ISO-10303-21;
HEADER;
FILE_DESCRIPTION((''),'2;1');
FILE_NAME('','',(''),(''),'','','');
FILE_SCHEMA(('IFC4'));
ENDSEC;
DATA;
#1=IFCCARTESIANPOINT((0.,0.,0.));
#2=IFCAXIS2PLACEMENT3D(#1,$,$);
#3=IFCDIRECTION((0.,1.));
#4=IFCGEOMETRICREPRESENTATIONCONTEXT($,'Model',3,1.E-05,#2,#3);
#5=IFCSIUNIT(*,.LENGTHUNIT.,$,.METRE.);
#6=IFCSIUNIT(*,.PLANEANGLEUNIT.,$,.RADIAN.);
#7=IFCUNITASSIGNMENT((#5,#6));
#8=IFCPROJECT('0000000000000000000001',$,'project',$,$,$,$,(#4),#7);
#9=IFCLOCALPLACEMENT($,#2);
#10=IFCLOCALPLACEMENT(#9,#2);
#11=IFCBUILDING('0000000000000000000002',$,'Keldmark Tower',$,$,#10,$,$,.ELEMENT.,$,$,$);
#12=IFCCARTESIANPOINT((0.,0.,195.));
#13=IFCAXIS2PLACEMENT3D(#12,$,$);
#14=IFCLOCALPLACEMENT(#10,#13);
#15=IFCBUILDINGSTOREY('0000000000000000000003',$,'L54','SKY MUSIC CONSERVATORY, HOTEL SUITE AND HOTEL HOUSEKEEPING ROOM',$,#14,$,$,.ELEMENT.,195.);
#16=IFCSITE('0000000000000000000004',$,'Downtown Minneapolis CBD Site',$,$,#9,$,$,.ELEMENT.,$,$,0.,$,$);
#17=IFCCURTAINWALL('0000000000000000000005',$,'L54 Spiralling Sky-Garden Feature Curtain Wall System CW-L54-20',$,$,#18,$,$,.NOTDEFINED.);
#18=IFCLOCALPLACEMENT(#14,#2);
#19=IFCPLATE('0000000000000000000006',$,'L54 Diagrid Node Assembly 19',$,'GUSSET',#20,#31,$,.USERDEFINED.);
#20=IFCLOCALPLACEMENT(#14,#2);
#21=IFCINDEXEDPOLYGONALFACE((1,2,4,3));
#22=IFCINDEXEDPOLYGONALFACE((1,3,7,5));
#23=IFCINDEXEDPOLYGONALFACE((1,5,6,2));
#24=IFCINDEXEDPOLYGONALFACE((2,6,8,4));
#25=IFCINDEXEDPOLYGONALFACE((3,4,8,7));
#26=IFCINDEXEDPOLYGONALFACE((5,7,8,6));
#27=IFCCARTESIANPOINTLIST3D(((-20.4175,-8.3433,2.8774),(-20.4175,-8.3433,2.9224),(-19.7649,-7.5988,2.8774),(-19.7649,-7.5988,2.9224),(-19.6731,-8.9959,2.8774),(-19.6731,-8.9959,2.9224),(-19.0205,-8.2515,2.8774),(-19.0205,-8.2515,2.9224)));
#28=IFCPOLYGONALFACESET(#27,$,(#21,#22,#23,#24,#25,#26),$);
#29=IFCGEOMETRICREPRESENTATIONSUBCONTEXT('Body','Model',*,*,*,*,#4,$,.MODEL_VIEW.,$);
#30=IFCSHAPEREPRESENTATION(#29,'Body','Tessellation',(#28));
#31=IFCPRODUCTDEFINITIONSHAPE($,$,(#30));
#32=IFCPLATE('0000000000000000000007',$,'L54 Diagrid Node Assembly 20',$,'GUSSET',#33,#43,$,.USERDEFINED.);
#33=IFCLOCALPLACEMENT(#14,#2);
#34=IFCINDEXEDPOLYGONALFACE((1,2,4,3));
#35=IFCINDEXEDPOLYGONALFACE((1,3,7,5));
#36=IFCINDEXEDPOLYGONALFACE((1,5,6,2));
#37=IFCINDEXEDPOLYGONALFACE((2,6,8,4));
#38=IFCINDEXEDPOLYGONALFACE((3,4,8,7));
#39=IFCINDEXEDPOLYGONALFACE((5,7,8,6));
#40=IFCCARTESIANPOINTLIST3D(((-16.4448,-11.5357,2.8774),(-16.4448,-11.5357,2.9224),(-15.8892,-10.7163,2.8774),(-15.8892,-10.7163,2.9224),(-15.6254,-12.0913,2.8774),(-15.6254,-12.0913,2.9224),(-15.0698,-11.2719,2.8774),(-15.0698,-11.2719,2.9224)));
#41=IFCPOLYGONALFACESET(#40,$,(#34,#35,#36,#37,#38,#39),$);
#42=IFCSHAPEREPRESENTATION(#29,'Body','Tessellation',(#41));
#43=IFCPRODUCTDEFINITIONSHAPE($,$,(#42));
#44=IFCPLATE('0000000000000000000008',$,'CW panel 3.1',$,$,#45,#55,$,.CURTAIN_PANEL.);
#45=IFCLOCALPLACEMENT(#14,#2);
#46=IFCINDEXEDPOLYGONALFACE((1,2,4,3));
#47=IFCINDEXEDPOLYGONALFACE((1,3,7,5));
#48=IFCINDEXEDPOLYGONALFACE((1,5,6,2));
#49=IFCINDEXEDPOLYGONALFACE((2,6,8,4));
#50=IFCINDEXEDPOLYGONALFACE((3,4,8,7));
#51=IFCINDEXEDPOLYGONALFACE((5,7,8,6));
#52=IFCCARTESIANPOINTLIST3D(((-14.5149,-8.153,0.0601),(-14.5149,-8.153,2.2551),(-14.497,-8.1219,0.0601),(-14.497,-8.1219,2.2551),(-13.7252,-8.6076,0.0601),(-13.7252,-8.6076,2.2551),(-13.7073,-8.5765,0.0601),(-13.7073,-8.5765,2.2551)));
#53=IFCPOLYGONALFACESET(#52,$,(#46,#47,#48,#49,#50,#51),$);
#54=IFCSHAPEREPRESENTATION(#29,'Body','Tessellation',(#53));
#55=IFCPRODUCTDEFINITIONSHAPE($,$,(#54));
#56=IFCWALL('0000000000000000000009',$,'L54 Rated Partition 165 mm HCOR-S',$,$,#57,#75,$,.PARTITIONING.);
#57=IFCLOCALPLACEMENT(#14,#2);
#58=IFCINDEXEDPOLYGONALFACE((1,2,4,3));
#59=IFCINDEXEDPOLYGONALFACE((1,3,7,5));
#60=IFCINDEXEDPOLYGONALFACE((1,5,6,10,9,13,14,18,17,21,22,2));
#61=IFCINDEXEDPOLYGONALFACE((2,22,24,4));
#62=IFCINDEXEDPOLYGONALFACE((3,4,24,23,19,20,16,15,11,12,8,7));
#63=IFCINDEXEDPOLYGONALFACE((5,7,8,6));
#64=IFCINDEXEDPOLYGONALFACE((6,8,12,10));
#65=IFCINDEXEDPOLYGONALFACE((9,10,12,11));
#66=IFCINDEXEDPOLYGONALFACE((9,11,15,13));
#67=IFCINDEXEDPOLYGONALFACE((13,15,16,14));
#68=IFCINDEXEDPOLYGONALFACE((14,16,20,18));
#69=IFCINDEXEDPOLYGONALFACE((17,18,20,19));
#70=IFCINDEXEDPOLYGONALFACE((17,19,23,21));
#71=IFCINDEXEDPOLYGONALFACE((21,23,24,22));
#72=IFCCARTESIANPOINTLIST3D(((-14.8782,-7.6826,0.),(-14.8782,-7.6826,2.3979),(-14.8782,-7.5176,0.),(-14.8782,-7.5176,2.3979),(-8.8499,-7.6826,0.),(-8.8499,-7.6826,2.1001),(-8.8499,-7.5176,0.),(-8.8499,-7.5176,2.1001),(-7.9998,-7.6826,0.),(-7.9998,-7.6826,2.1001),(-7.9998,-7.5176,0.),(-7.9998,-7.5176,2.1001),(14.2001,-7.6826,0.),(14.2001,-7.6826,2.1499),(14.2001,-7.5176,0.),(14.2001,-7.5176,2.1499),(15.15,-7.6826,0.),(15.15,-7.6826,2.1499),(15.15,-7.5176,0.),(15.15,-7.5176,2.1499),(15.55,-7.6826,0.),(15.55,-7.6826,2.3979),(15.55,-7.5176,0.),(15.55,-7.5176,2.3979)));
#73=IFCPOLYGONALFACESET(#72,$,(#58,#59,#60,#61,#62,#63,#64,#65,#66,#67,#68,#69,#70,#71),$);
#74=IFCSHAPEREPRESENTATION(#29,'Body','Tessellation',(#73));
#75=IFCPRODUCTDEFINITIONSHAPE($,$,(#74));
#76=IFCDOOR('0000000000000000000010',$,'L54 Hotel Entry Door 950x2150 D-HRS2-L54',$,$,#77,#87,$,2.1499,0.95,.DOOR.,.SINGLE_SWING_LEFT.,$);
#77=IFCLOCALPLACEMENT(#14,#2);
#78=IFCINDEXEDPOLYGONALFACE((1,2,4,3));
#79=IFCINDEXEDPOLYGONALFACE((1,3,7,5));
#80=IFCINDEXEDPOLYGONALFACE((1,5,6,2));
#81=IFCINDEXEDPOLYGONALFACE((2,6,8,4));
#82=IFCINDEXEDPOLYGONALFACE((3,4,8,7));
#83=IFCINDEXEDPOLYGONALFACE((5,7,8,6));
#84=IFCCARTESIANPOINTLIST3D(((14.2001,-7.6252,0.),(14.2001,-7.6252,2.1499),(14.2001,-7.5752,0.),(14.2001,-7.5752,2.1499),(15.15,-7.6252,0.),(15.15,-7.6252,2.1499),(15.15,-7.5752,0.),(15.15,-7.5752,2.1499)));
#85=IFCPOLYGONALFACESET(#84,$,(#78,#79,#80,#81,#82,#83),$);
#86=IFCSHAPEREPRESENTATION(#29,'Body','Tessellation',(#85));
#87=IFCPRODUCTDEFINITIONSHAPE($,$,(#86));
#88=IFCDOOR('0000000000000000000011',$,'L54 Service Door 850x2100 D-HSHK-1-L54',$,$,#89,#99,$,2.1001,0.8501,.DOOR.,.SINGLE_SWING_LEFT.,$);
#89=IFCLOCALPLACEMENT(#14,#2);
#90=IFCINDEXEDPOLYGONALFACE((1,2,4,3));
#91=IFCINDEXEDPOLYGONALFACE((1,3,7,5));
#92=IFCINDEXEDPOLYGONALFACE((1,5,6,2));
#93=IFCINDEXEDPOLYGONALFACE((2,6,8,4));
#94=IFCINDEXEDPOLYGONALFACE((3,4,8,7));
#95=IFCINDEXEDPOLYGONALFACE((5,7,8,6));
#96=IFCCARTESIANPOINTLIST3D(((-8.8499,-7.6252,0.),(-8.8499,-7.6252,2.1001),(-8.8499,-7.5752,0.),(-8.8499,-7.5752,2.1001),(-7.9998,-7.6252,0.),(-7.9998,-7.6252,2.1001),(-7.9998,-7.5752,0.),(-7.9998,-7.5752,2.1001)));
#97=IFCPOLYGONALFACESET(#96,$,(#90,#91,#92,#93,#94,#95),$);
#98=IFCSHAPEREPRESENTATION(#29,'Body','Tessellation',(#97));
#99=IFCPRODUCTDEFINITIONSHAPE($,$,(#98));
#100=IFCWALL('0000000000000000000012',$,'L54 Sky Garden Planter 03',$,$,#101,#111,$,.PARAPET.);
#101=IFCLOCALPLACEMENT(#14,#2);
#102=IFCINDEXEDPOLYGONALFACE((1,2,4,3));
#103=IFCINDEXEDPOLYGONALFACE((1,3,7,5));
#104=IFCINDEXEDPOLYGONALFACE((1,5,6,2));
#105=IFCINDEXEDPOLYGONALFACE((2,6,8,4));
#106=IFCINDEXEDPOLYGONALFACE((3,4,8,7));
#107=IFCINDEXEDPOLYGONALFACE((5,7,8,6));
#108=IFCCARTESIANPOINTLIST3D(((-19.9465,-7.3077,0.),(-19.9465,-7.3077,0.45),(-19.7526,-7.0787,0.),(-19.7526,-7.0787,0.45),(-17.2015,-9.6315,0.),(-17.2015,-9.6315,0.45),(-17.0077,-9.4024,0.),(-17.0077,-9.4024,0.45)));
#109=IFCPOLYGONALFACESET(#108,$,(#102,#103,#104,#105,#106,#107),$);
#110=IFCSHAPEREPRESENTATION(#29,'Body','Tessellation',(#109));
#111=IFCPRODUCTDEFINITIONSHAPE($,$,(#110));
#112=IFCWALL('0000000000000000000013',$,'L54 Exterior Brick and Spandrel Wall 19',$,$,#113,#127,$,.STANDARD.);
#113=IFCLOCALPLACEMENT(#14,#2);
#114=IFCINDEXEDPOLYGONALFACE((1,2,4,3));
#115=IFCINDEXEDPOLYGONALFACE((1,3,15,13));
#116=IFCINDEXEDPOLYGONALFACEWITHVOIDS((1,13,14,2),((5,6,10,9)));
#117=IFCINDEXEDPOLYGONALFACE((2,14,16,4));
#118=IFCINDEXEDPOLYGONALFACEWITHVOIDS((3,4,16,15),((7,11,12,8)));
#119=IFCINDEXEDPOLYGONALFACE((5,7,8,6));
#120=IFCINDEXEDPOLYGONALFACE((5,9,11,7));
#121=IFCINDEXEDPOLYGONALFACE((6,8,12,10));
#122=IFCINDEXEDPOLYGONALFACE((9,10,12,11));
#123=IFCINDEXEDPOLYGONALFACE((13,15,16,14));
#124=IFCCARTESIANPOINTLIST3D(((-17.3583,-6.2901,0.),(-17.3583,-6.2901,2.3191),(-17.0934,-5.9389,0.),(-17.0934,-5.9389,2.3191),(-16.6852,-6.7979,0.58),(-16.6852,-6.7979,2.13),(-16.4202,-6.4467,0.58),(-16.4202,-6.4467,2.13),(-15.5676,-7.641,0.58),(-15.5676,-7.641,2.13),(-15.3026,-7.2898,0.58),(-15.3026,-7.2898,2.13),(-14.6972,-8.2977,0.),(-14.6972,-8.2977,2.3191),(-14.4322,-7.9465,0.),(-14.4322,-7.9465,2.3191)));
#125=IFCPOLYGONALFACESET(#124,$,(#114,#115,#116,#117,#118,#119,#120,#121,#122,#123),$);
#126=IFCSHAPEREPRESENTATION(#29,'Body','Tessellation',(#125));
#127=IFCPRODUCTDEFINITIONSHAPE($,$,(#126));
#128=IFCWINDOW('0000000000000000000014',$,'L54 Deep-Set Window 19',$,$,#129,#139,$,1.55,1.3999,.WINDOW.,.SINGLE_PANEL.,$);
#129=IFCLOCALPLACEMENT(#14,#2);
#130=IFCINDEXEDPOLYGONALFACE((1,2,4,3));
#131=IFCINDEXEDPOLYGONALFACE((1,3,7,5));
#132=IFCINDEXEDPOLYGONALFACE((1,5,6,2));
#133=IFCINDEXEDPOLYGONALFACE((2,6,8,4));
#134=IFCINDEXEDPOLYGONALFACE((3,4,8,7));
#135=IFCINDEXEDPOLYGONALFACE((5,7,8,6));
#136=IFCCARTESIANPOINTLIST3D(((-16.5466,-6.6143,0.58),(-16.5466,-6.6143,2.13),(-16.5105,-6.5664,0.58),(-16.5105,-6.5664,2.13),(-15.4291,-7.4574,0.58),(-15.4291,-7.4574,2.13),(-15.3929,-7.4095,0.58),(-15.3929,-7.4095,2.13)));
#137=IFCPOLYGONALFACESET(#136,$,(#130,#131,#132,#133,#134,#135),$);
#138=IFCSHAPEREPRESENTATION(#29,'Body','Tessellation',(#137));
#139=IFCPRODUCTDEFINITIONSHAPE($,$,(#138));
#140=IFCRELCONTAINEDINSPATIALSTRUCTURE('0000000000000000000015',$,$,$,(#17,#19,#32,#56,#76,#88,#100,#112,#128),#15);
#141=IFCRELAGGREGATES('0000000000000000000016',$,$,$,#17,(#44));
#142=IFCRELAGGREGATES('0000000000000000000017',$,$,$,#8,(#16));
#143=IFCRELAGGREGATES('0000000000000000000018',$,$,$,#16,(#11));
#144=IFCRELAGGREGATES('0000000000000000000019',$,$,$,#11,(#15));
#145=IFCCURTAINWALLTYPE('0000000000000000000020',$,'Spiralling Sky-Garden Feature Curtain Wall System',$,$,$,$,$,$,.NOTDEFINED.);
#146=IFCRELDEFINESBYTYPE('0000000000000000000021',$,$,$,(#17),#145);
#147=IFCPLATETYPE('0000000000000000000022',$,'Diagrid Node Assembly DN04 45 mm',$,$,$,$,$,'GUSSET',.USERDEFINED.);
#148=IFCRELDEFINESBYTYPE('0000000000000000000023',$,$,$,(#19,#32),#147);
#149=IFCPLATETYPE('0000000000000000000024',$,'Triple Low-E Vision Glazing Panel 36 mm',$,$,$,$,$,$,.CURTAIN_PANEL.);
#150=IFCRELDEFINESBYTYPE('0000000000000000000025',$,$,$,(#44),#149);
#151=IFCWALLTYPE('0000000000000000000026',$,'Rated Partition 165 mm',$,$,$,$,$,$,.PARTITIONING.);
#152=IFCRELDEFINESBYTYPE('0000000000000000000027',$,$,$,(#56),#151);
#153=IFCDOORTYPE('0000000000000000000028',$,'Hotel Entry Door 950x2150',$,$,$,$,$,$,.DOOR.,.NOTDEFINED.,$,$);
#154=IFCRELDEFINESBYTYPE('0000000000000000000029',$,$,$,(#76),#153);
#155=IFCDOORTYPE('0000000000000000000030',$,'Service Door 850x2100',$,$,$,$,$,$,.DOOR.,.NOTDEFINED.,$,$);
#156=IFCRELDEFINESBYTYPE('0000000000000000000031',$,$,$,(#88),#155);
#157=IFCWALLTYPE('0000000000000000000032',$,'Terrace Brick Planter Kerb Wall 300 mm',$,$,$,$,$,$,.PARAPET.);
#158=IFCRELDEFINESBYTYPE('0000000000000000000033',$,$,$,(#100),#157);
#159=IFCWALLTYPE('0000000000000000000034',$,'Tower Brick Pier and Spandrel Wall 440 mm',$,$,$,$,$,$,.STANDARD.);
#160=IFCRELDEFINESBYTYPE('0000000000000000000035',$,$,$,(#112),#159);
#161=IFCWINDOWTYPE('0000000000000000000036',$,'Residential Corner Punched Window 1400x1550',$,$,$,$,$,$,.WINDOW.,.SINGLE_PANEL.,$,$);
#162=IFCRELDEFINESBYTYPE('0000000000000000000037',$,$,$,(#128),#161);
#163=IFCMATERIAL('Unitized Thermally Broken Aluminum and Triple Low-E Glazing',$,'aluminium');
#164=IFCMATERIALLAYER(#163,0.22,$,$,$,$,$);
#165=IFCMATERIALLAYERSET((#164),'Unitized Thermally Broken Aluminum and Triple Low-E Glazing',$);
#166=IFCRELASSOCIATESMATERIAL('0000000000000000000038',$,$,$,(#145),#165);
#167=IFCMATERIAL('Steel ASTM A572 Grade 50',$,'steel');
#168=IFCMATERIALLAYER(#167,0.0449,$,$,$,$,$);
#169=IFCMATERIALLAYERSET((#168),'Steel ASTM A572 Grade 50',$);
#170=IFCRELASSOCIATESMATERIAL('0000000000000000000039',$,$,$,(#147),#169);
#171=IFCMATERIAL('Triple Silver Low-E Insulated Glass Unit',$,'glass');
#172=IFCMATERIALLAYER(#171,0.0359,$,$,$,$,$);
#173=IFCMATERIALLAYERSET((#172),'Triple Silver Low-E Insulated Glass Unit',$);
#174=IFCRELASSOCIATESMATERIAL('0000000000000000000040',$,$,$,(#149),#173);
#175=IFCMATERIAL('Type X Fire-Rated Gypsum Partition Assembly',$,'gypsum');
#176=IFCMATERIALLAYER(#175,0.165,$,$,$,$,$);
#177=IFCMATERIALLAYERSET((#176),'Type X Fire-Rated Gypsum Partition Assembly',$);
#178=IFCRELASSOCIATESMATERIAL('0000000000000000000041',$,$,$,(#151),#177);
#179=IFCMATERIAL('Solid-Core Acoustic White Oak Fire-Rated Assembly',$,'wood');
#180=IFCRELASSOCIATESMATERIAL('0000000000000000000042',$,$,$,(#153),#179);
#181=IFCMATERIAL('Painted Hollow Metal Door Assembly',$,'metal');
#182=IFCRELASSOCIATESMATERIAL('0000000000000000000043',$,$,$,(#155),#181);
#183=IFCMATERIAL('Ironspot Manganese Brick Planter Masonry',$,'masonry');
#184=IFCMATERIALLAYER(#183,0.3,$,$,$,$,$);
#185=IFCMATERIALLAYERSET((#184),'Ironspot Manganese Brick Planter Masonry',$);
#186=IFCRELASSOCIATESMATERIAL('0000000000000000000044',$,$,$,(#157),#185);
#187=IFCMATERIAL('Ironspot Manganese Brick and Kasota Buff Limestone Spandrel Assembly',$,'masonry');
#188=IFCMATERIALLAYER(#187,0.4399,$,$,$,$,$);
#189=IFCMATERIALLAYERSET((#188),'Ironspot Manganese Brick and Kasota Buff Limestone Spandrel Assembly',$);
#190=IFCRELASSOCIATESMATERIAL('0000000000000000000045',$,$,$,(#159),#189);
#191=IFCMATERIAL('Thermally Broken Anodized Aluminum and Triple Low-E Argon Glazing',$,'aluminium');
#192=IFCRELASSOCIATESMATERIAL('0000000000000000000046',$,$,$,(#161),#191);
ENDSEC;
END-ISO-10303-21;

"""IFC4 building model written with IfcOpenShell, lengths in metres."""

from ifc_helpers import new_model, si_unit, direction, frame, frame_2d, origin, origin_2d, place, context, subcontext, project, spatial, rectangle, extrude, material, layer, layer_set, type_object, element, fill, aggregate, save


model = new_model("IFC4")

# Units and contexts
model_context = context("Model", 3, precision=1e-05, world=origin(), true_north=direction((0.0, 1.0)))
body_context = subcontext(model_context, "Body", "Model", "MODEL_VIEW")
ifc_project = project(units=[si_unit("LENGTHUNIT", "METRE"), si_unit("PLANEANGLEUNIT", "RADIAN")], contexts=[model_context])

# Site, building, storey
site_placement = place(None, origin())
site = spatial("IfcSite", under=ifc_project, at=site_placement, Name="Downtown Minneapolis CBD Site", CompositionType="ELEMENT", RefElevation=0.0)
building_placement = place(site_placement, origin())
building = spatial("IfcBuilding", under=site, at=building_placement, Name="Keldmark Tower", CompositionType="ELEMENT")
storey_placement = place(building_placement, frame((0.0, 0.0, 195.0)))
storey = spatial("IfcBuildingStorey", under=building, at=storey_placement, Name="L54", Description="SKY MUSIC CONSERVATORY, HOTEL SUITE AND HOTEL HOUSEKEEPING ROOM", CompositionType="ELEMENT", Elevation=195.0)

# Curtain wall
ifc_material_1 = material(Name="Unitized Thermally Broken Aluminum and Triple Low-E Glazing", Category="aluminium")
ifc_layer_1 = layer(ifc_material_1, 0.22)
ifc_layer_set_1 = layer_set([ifc_layer_1], Name="Unitized Thermally Broken Aluminum and Triple Low-E Glazing")
curtain_wall_type = type_object("IfcCurtainWallType", Name="Spiralling Sky-Garden Feature Curtain Wall System", PredefinedType="NOTDEFINED", material=ifc_layer_set_1)
curtain_wall_placement = place(storey_placement, origin())
curtain_wall = element("IfcCurtainWall", 1, at=curtain_wall_placement, inside=storey, type_object=curtain_wall_type, Name="L54 Spiralling Sky-Garden Feature Curtain Wall System CW-L54-20", PredefinedType="NOTDEFINED")

# Plates
ifc_material_2 = material(Name="Steel ASTM A572 Grade 50", Category="steel")
ifc_layer_2 = layer(ifc_material_2, 0.0449)
ifc_layer_set_2 = layer_set([ifc_layer_2], Name="Steel ASTM A572 Grade 50")
plate_type_1 = type_object("IfcPlateType", Name="Diagrid Node Assembly DN04 45 mm", ElementType="GUSSET", PredefinedType="USERDEFINED", material=ifc_layer_set_2)
for number, where, z_axis, x_axis, name in (
    (2, (-19.719, -8.2974, 2.8774), (0.0, 0.0, 1.0), (0.751955, -0.659215, 0.0), "L54 Diagrid Node Assembly 19"),
    (3, (-15.7573, -11.4038, 2.8774), (0.0, 0.0, 1.0), (0.827669, -0.561217, 0.0), "L54 Diagrid Node Assembly 20"),
):
    element("IfcPlate", number, at=place(storey_placement, frame(where, z_axis=z_axis, x_axis=x_axis)), inside=storey, type_object=plate_type_1, Name=name, ObjectType="GUSSET", PredefinedType="USERDEFINED", context=body_context, shape_type="SweptSolid", body=[
        extrude(rectangle(XDim=0.99, YDim=0.99, at=origin_2d()), origin(), (0.0, 0.0, 1.0), 0.0449),
    ])

# Plate
ifc_material_3 = material(Name="Triple Silver Low-E Insulated Glass Unit", Category="glass")
ifc_layer_3 = layer(ifc_material_3, 0.0359)
ifc_layer_set_3 = layer_set([ifc_layer_3], Name="Triple Silver Low-E Insulated Glass Unit")
plate_type_2 = type_object("IfcPlateType", Name="Triple Low-E Vision Glazing Panel 36 mm", PredefinedType="CURTAIN_PANEL", material=ifc_layer_set_3)
plate_placement = place(storey_placement, frame((-14.1111, -8.3647, 0.0601), z_axis=(0.0, 0.0, 1.0), x_axis=(-0.866688, 0.498851, 0.0)))
plate = element("IfcPlate", 4, at=plate_placement, type_object=plate_type_2, Name="CW panel 3.1", PredefinedType="CURTAIN_PANEL", context=body_context, shape_type="SweptSolid", body=[
    extrude(rectangle(XDim=0.9111, YDim=0.0359, at=origin_2d()), origin(), (0.0, 0.0, 1.0), 2.1951),
])
aggregate(curtain_wall, [plate])

# Wall, openings, doors
ifc_material_4 = material(Name="Type X Fire-Rated Gypsum Partition Assembly", Category="gypsum")
ifc_layer_4 = layer(ifc_material_4, 0.165)
ifc_layer_set_4 = layer_set([ifc_layer_4], Name="Type X Fire-Rated Gypsum Partition Assembly")
wall_type_1 = type_object("IfcWallType", Name="Rated Partition 165 mm", PredefinedType="PARTITIONING", material=ifc_layer_set_4)
wall_1_placement = place(storey_placement, frame((-14.8782, -7.6001, 0.0), z_axis=(0.0, 0.0, 1.0), x_axis=(1.0, 0.0, 0.0)))
wall_1 = element("IfcWall", 5, at=wall_1_placement, inside=storey, type_object=wall_type_1, Name="L54 Rated Partition 165 mm HCOR-S", PredefinedType="PARTITIONING", context=body_context, shape_type="SweptSolid", body=[
    extrude(rectangle(XDim=30.4282, YDim=0.165, at=frame_2d((15.2141, 0.0))), origin(), (0.0, 0.0, 1.0), 2.3979),
])
opening_1_placement = place(wall_1_placement, frame((6.0283, 0.0, 0.0)))
opening_1 = element("IfcOpeningElement", 6, at=opening_1_placement, cuts=wall_1, PredefinedType="OPENING", context=body_context, shape_type="SweptSolid", body=[
    extrude(rectangle(XDim=0.8501, YDim=2.1001, at=frame_2d((0.425, 1.05))), frame((0.0, 0.0925, 0.0), z_axis=(0.0, -1.0, 0.0), x_axis=(1.0, 0.0, 0.0)), (0.0, 0.0, 1.0), 0.1851),
])
opening_2_placement = place(wall_1_placement, frame((29.0781, 0.0, 0.0)))
opening_2 = element("IfcOpeningElement", 7, at=opening_2_placement, cuts=wall_1, PredefinedType="OPENING", context=body_context, shape_type="SweptSolid", body=[
    extrude(rectangle(XDim=0.95, YDim=2.1499, at=frame_2d((0.4751, 1.075))), frame((0.0, 0.0925, 0.0), z_axis=(0.0, -1.0, 0.0), x_axis=(1.0, 0.0, 0.0)), (0.0, 0.0, 1.0), 0.1851),
])
ifc_material_5 = material(Name="Solid-Core Acoustic White Oak Fire-Rated Assembly", Category="wood")
door_type_1 = type_object("IfcDoorType", Name="Hotel Entry Door 950x2150", OperationType="NOTDEFINED", PredefinedType="DOOR", material=ifc_material_5)
door_1_placement = place(opening_2_placement, origin())
door_1 = element("IfcDoor", 8, at=door_1_placement, inside=storey, type_object=door_type_1, Name="L54 Hotel Entry Door 950x2150 D-HRS2-L54", OperationType="SINGLE_SWING_LEFT", OverallHeight=2.1499, OverallWidth=0.95, PredefinedType="DOOR", context=body_context, shape_type="SweptSolid", body=[
    extrude(rectangle(XDim=0.95, YDim=2.1499, at=frame_2d((0.4751, 1.075))), frame((0.0, 0.0249, 0.0), z_axis=(0.0, -1.0, 0.0), x_axis=(1.0, 0.0, 0.0)), (0.0, 0.0, 1.0), 0.05),
])
fill(opening_2, door_1)
ifc_material_6 = material(Name="Painted Hollow Metal Door Assembly", Category="metal")
door_type_2 = type_object("IfcDoorType", Name="Service Door 850x2100", OperationType="NOTDEFINED", PredefinedType="DOOR", material=ifc_material_6)
door_2_placement = place(opening_1_placement, origin())
door_2 = element("IfcDoor", 9, at=door_2_placement, inside=storey, type_object=door_type_2, Name="L54 Service Door 850x2100 D-HSHK-1-L54", OperationType="SINGLE_SWING_LEFT", OverallHeight=2.1001, OverallWidth=0.8501, PredefinedType="DOOR", context=body_context, shape_type="SweptSolid", body=[
    extrude(rectangle(XDim=0.8501, YDim=2.1001, at=frame_2d((0.425, 1.05))), frame((0.0, 0.0249, 0.0), z_axis=(0.0, -1.0, 0.0), x_axis=(1.0, 0.0, 0.0)), (0.0, 0.0, 1.0), 0.05),
])
fill(opening_1, door_2)

# Wall
ifc_material_7 = material(Name="Ironspot Manganese Brick Planter Masonry", Category="masonry")
ifc_layer_5 = layer(ifc_material_7, 0.3)
ifc_layer_set_5 = layer_set([ifc_layer_5], Name="Ironspot Manganese Brick Planter Masonry")
wall_type_2 = type_object("IfcWallType", Name="Terrace Brick Planter Kerb Wall 300 mm", PredefinedType="PARAPET", material=ifc_layer_set_5)
wall_2_placement = place(storey_placement, frame((-19.8496, -7.1931, 0.0), z_axis=(0.0, 0.0, 1.0), x_axis=(0.763229, -0.646128, 0.0)))
element("IfcWall", 10, at=wall_2_placement, inside=storey, type_object=wall_type_2, Name="L54 Sky Garden Planter 03", PredefinedType="PARAPET", context=body_context, shape_type="SweptSolid", body=[
    extrude(rectangle(XDim=3.5964, YDim=0.3, at=frame_2d((1.7983, 0.0))), origin(), (0.0, 0.0, 1.0), 0.45),
])

# Shared definitions
ifc_material_8 = material(Name="Ironspot Manganese Brick and Kasota Buff Limestone Spandrel Assembly", Category="masonry")
ifc_layer_6 = layer(ifc_material_8, 0.4399)
ifc_layer_set_6 = layer_set([ifc_layer_6], Name="Ironspot Manganese Brick and Kasota Buff Limestone Spandrel Assembly")
wall_type_3 = type_object("IfcWallType", Name="Tower Brick Pier and Spandrel Wall 440 mm", PredefinedType="STANDARD", material=ifc_layer_set_6)

# Wall, opening, window
wall_3_placement = place(storey_placement, frame((-14.5647, -8.1221, 0.0), z_axis=(0.0, 0.0, 1.0), x_axis=(-0.798309, 0.602248, 0.0)))
wall_3 = element("IfcWall", 11, at=wall_3_placement, inside=storey, type_object=wall_type_3, Name="L54 Exterior Brick and Spandrel Wall 19", PredefinedType="STANDARD", context=body_context, shape_type="SweptSolid", body=[
    extrude(rectangle(XDim=3.3335, YDim=0.4399, at=frame_2d((1.6667, 0.0))), origin(), (0.0, 0.0, 1.0), 2.3191),
])
opening_3_placement = place(wall_3_placement, frame((1.0903, 0.0, 0.5801)))
opening_3 = element("IfcOpeningElement", 12, at=opening_3_placement, cuts=wall_3, PredefinedType="OPENING", context=body_context, shape_type="SweptSolid", body=[
    extrude(rectangle(XDim=1.3999, YDim=1.55, at=frame_2d((0.7, 0.7749))), frame((0.0, 0.23, 0.0), z_axis=(0.0, -1.0, 0.0), x_axis=(1.0, 0.0, 0.0)), (0.0, 0.0, 1.0), 0.46),
])
ifc_material_9 = material(Name="Thermally Broken Anodized Aluminum and Triple Low-E Argon Glazing", Category="aluminium")
window_type = type_object("IfcWindowType", Name="Residential Corner Punched Window 1400x1550", PartitioningType="SINGLE_PANEL", PredefinedType="WINDOW", material=ifc_material_9)
window_placement = place(opening_3_placement, origin())
window = element("IfcWindow", 13, at=window_placement, inside=storey, type_object=window_type, Name="L54 Deep-Set Window 19", OverallHeight=1.55, OverallWidth=1.3999, PartitioningType="SINGLE_PANEL", PredefinedType="WINDOW", context=body_context, shape_type="SweptSolid", body=[
    extrude(rectangle(XDim=1.3999, YDim=1.55, at=frame_2d((0.7, 0.7749))), frame((0.0, -0.01, 0.0), z_axis=(0.0, -1.0, 0.0), x_axis=(1.0, 0.0, 0.0)), (0.0, 0.0, 1.0), 0.0601),
])
fill(opening_3, window)

save(model, "model.ifc")
